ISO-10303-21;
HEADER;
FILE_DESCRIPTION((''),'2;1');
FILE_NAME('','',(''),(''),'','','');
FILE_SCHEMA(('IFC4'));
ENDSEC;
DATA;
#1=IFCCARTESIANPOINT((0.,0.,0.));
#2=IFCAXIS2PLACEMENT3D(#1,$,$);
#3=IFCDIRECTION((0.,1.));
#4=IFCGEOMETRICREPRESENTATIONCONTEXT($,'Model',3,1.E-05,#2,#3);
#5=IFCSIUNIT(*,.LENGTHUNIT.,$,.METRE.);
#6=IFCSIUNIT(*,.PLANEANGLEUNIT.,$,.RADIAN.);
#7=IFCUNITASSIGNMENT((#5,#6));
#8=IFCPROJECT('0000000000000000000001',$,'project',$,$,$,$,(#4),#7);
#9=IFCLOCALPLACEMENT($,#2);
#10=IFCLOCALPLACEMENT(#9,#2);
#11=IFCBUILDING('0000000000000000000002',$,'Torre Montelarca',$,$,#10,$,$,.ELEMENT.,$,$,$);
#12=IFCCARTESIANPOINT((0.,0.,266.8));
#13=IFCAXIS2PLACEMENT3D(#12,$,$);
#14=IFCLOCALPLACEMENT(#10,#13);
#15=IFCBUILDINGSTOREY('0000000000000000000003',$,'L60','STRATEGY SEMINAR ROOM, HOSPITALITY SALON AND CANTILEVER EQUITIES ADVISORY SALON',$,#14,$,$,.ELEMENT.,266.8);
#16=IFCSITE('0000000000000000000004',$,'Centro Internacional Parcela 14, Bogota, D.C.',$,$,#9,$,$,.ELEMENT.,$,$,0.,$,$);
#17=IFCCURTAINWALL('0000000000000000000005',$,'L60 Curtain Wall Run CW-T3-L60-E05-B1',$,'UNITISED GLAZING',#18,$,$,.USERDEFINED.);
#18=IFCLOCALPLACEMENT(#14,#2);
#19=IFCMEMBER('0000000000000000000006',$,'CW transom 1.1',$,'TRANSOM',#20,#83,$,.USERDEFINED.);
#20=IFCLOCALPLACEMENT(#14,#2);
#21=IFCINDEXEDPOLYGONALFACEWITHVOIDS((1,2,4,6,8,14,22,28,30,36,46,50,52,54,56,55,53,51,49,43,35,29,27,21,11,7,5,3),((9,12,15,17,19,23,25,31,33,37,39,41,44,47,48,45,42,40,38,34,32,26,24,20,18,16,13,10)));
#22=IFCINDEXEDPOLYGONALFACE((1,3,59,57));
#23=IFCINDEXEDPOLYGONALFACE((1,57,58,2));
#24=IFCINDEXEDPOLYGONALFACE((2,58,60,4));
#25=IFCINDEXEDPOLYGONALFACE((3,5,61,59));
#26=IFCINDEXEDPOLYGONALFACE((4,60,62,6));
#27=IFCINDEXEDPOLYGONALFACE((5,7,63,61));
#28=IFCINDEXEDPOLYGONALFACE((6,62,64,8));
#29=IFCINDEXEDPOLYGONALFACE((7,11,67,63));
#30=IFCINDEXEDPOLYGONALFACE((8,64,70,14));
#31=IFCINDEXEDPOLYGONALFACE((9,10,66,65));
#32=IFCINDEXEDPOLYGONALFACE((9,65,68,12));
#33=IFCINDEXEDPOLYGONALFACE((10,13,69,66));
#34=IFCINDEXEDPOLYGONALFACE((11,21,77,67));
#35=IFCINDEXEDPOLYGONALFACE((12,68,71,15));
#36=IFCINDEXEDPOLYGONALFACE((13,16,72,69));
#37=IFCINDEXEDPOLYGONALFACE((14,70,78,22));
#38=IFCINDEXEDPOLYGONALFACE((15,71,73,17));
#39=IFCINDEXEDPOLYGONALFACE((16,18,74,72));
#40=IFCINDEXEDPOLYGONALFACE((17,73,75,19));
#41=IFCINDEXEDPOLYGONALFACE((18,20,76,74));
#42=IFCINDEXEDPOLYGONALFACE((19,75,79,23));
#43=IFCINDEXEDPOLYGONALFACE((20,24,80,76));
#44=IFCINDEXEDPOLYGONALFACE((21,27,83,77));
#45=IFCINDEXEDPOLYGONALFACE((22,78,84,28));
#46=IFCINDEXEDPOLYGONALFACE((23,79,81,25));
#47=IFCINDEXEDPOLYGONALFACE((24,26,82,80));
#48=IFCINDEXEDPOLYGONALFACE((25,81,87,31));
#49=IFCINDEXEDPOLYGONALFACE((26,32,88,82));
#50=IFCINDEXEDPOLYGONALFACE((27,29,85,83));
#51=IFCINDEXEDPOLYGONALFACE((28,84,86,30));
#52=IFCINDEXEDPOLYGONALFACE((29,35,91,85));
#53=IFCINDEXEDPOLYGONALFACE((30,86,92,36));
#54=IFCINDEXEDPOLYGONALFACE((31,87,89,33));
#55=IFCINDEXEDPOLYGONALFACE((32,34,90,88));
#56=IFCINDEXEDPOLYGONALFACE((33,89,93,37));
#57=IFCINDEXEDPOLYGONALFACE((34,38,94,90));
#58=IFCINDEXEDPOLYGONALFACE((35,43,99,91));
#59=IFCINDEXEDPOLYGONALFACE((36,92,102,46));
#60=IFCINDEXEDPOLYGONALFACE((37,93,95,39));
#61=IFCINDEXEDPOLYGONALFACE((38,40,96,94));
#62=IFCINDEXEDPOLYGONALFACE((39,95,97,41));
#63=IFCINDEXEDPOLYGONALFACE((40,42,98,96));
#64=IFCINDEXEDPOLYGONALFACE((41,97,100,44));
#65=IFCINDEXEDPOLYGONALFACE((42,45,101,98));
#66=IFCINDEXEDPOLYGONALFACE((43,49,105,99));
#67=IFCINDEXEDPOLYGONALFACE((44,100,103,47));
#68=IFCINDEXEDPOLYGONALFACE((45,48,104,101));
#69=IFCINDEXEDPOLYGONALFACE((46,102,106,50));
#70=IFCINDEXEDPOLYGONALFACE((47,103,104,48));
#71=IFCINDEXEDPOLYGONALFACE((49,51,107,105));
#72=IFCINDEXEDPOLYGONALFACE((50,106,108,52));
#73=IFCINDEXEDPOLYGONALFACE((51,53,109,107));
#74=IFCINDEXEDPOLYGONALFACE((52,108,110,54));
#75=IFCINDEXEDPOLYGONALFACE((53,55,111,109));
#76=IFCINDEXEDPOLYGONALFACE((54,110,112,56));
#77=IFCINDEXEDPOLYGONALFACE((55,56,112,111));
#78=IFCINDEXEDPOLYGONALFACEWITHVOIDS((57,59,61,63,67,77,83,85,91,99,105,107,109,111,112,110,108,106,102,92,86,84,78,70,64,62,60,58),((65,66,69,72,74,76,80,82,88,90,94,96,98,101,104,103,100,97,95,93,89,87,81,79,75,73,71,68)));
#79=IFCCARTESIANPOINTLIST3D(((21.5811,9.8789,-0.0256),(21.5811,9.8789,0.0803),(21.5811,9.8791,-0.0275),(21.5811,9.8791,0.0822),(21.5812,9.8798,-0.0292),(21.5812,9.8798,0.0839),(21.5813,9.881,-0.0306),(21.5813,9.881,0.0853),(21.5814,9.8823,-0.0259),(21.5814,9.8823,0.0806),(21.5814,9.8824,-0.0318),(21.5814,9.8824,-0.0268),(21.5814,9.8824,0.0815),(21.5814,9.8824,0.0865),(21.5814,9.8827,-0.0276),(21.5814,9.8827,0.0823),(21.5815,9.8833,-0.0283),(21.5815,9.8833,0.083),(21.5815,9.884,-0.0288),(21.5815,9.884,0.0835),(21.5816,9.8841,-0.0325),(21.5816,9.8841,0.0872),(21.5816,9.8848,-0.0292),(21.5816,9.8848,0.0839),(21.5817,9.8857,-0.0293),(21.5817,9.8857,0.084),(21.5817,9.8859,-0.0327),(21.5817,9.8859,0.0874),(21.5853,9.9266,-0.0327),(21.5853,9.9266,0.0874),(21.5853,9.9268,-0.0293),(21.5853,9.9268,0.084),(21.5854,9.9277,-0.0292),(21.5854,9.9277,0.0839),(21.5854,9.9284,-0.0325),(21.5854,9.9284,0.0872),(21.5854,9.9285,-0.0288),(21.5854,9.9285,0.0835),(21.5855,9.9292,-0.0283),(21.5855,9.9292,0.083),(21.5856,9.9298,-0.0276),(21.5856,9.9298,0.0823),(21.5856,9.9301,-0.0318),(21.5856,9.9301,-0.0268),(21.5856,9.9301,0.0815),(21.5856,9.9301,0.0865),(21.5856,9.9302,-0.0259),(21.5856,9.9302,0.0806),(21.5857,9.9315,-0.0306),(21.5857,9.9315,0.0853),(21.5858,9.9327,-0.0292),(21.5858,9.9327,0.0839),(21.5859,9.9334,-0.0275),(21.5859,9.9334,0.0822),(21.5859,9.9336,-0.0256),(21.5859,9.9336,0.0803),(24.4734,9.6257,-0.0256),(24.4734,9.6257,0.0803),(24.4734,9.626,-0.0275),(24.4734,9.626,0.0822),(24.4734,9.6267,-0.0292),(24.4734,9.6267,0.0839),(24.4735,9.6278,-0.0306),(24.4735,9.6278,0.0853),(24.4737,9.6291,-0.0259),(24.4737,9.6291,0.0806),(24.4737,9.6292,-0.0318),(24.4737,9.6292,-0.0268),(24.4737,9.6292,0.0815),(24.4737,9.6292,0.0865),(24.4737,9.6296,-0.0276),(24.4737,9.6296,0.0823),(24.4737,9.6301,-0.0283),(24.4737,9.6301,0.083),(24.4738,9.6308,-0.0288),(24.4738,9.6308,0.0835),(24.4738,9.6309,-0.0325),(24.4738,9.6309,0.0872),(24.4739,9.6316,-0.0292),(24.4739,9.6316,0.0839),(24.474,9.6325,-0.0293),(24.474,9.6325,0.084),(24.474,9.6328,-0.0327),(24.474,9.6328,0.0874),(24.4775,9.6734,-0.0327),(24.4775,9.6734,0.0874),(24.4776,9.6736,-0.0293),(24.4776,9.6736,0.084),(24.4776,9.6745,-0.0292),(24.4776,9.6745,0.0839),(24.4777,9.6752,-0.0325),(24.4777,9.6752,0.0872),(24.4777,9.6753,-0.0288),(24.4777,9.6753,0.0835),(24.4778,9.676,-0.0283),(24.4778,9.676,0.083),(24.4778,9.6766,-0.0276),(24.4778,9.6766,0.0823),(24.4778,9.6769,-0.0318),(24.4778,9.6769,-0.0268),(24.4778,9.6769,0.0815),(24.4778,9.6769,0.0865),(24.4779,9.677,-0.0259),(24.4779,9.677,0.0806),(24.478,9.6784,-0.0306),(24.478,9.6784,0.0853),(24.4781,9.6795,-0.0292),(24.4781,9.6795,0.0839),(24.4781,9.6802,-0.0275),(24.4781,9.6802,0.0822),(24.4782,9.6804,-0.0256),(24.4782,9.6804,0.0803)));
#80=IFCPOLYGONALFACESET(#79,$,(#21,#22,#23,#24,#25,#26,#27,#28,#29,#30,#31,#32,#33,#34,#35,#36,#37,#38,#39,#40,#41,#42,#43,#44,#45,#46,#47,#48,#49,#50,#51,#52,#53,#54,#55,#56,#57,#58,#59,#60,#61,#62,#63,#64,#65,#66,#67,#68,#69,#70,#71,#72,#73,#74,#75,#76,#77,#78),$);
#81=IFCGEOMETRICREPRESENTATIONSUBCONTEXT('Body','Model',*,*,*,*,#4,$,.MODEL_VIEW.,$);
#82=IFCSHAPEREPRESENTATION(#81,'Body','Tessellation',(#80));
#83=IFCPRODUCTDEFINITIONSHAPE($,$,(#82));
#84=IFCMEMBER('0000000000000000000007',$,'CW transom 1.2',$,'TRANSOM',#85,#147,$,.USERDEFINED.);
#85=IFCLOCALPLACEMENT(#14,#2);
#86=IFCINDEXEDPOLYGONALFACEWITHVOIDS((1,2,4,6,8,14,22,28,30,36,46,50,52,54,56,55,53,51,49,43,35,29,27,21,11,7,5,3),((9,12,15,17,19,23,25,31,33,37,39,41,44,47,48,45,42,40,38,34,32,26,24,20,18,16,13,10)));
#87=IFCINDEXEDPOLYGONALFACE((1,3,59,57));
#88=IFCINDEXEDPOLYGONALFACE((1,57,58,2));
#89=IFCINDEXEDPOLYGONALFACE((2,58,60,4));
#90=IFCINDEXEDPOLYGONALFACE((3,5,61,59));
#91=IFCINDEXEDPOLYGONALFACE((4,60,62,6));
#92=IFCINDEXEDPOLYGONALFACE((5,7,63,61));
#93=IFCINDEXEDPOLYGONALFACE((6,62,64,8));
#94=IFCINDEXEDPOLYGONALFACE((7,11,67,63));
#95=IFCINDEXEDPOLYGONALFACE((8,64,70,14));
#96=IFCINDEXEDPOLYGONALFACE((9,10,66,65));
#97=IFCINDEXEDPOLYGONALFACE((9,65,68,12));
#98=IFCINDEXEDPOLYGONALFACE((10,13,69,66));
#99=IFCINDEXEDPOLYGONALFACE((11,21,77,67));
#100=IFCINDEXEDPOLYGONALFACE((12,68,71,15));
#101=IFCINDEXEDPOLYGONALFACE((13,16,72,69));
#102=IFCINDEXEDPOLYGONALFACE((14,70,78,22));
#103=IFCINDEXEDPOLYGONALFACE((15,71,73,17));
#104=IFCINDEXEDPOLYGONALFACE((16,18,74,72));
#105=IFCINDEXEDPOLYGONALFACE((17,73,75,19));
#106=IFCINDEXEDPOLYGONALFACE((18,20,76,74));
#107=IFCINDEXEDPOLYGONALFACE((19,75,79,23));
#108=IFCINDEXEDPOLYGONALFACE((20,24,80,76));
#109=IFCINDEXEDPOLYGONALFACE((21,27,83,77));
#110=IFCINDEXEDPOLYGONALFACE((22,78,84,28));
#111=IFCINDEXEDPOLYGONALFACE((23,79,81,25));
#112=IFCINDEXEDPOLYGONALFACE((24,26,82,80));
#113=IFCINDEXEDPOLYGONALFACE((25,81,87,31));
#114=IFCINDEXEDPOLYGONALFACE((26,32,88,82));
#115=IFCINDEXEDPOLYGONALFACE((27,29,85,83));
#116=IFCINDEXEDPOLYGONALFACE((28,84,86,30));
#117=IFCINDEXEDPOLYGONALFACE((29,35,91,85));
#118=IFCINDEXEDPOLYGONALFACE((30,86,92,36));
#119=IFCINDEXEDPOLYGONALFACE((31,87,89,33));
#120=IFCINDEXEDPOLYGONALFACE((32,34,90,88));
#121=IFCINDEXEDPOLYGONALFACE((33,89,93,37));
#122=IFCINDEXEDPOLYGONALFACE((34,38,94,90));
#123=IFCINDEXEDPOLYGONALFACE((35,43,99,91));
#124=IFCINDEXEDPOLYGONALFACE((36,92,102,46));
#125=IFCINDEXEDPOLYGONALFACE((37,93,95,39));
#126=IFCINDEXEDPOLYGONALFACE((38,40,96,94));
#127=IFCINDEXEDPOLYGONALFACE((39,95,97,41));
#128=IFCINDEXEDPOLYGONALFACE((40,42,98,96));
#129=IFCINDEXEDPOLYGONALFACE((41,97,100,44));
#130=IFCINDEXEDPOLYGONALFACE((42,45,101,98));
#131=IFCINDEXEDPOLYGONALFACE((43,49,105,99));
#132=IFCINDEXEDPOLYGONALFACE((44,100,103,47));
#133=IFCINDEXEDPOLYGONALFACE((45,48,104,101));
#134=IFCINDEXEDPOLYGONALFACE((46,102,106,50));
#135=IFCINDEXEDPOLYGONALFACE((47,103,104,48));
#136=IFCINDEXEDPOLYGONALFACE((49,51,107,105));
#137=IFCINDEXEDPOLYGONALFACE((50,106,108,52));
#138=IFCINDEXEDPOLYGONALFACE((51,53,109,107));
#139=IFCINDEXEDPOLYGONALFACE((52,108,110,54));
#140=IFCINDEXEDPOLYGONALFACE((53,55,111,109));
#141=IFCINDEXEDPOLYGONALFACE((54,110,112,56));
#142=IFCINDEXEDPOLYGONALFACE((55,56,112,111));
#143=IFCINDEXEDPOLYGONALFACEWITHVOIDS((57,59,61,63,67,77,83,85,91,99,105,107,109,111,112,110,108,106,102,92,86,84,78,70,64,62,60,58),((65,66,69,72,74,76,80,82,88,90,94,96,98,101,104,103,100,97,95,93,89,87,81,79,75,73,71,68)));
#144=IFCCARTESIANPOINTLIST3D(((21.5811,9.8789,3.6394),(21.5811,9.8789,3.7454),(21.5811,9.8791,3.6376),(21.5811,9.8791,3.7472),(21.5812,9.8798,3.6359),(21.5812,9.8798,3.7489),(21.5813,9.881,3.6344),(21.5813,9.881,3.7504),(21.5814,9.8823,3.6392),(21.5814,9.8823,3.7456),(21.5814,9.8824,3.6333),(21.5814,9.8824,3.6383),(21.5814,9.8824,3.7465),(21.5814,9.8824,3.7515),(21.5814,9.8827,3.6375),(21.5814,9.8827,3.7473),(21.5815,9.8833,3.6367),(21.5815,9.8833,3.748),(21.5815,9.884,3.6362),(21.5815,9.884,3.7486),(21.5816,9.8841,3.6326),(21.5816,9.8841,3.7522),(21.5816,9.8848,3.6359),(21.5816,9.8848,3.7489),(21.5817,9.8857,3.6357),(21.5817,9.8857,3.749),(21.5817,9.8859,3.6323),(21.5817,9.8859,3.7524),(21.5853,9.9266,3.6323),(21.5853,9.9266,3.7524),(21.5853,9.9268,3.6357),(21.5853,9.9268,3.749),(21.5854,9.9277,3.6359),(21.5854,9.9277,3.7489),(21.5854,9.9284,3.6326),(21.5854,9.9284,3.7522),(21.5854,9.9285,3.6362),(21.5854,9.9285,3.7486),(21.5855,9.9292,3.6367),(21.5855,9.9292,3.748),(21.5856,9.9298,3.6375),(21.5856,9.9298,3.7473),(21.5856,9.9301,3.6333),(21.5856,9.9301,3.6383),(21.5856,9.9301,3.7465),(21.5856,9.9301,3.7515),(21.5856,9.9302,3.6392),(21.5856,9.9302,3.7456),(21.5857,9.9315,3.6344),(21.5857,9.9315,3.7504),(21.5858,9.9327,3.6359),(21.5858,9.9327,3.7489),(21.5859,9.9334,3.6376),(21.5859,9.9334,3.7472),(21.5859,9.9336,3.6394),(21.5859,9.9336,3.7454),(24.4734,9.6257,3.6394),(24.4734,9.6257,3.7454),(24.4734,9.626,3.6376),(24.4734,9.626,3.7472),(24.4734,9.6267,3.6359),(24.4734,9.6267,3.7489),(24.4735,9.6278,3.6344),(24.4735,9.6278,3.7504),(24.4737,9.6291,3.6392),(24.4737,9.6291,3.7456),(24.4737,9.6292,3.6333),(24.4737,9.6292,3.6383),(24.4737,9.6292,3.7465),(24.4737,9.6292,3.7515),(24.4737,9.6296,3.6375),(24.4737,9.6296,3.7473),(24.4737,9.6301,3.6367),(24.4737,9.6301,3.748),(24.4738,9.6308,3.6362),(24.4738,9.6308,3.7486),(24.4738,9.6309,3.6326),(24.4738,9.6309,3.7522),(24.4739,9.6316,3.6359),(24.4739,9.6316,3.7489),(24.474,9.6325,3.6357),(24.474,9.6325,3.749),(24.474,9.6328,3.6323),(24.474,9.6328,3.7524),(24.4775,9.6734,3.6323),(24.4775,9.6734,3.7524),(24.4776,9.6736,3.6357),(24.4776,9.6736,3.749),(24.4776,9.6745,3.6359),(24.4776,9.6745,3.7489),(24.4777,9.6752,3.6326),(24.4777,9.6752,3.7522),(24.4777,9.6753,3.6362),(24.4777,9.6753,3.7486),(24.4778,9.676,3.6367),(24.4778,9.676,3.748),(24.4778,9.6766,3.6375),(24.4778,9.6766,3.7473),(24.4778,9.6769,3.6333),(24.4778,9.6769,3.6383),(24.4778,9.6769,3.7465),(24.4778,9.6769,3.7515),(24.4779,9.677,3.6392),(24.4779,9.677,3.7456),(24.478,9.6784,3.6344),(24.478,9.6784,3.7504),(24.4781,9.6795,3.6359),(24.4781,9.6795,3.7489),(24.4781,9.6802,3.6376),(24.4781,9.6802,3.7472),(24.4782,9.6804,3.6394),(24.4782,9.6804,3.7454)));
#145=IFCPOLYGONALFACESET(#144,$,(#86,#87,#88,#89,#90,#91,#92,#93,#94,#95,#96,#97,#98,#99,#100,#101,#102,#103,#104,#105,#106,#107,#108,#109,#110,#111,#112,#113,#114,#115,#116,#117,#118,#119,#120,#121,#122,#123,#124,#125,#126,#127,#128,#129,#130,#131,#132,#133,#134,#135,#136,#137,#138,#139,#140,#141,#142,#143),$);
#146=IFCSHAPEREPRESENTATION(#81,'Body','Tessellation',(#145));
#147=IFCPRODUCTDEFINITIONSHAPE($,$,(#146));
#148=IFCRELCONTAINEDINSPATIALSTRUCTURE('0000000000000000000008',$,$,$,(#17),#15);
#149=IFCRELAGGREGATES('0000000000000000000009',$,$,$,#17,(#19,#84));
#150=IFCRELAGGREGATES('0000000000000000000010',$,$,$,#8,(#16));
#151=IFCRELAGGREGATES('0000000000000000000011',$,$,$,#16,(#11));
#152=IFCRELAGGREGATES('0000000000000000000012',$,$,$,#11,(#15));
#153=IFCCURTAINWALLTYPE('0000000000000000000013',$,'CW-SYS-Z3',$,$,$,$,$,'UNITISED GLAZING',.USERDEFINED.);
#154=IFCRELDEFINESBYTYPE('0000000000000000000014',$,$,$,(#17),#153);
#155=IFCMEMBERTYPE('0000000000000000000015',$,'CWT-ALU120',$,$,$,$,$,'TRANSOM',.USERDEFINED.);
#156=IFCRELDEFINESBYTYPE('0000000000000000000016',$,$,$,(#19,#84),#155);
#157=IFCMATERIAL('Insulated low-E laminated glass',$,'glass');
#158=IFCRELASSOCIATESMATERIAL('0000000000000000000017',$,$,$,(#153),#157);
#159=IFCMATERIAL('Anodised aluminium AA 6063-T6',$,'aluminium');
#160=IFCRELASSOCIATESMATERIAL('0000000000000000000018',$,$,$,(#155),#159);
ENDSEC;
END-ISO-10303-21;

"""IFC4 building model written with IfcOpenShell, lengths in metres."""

from ifc_helpers import new_model, si_unit, direction, frame, origin, origin_2d, place, context, subcontext, project, spatial, hollow_rectangle, extrude, source, transform, mapped, material, material_profile, profile_set, type_object, element, aggregate, save


model = new_model("IFC4")

# Units and contexts
model_context = context("Model", 3, precision=1e-05, world=origin(), true_north=direction((0.0, 1.0)))
body_context = subcontext(model_context, "Body", "Model", "MODEL_VIEW")
ifc_project = project(units=[si_unit("LENGTHUNIT", "METRE"), si_unit("PLANEANGLEUNIT", "RADIAN")], contexts=[model_context])

# Site, building, storey
site_placement = place(None, origin())
site = spatial("IfcSite", under=ifc_project, at=site_placement, Name="Centro Internacional Parcela 14, Bogota, D.C.", CompositionType="ELEMENT", RefElevation=0.0)
building_placement = place(site_placement, origin())
building = spatial("IfcBuilding", under=site, at=building_placement, Name="Torre Montelarca", CompositionType="ELEMENT")
storey_placement = place(building_placement, frame((0.0, 0.0, 266.8)))
storey = spatial("IfcBuildingStorey", under=building, at=storey_placement, Name="L60", Description="STRATEGY SEMINAR ROOM, HOSPITALITY SALON AND CANTILEVER EQUITIES ADVISORY SALON", CompositionType="ELEMENT", Elevation=266.8)

# Curtain wall, members
ifc_material_1 = material(Name="Insulated low-E laminated glass", Category="glass")
curtain_wall_type = type_object("IfcCurtainWallType", Name="CW-SYS-Z3", ElementType="UNITISED GLAZING", PredefinedType="USERDEFINED", material=ifc_material_1)
curtain_wall_placement = place(storey_placement, origin())
curtain_wall = element("IfcCurtainWall", 1, at=curtain_wall_placement, inside=storey, type_object=curtain_wall_type, Name="L60 Curtain Wall Run CW-T3-L60-E05-B1", ObjectType="UNITISED GLAZING", PredefinedType="USERDEFINED")
ifc_material_2 = material(Name="Anodised aluminium AA 6063-T6", Category="aluminium")
ifc_material_profile_1 = material_profile(ifc_material_2, hollow_rectangle(XDim=0.0549, YDim=0.1201, WallThickness=0.0034, InnerFilletRadius=0.0034, OuterFilletRadius=0.0071, at=origin_2d()), Name="ALU55X120X3.5", Category="aluminium")
ifc_profile_set_1 = profile_set([ifc_material_profile_1], Name="Anodised aluminium AA 6063-T6")
member_type_1 = type_object("IfcMemberType", Name="CWT-ALU120", ElementType="TRANSOM", PredefinedType="USERDEFINED", material=ifc_profile_set_1)
shared_shape_1 = source(origin(), body_context, "Body", "SweptSolid", [
    extrude(hollow_rectangle(XDim=0.0549, YDim=0.1201, WallThickness=0.0034, InnerFilletRadius=0.0034, OuterFilletRadius=0.0071, at=origin_2d()), origin(), (0.0, 0.0, 1.0), 2.9033),
])
member_1_placement = place(storey_placement, frame((21.5835, 9.9062, 0.0273), z_axis=(0.996191, -0.087199, 0.0), x_axis=(0.087199, 0.996191, 0.0)))
member_1 = element("IfcMember", 2, at=member_1_placement, type_object=member_type_1, Name="CW transom 1.1", ObjectType="TRANSOM", PredefinedType="USERDEFINED", context=body_context, shape_type="MappedRepresentation", body=[
    mapped(shared_shape_1, transform((0.0, 0.0, 0.0), scale=1.0)),
])
member_2_placement = place(storey_placement, frame((21.5835, 9.9062, 3.6924), z_axis=(0.996191, -0.087199, 0.0), x_axis=(0.087199, 0.996191, 0.0)))
member_2 = element("IfcMember", 3, at=member_2_placement, type_object=member_type_1, Name="CW transom 1.2", ObjectType="TRANSOM", PredefinedType="USERDEFINED", context=body_context, shape_type="MappedRepresentation", body=[
    mapped(shared_shape_1, transform((0.0, 0.0, 0.0), scale=1.0)),
])
aggregate(curtain_wall, [member_1, member_2])

save(model, "model.ifc")
